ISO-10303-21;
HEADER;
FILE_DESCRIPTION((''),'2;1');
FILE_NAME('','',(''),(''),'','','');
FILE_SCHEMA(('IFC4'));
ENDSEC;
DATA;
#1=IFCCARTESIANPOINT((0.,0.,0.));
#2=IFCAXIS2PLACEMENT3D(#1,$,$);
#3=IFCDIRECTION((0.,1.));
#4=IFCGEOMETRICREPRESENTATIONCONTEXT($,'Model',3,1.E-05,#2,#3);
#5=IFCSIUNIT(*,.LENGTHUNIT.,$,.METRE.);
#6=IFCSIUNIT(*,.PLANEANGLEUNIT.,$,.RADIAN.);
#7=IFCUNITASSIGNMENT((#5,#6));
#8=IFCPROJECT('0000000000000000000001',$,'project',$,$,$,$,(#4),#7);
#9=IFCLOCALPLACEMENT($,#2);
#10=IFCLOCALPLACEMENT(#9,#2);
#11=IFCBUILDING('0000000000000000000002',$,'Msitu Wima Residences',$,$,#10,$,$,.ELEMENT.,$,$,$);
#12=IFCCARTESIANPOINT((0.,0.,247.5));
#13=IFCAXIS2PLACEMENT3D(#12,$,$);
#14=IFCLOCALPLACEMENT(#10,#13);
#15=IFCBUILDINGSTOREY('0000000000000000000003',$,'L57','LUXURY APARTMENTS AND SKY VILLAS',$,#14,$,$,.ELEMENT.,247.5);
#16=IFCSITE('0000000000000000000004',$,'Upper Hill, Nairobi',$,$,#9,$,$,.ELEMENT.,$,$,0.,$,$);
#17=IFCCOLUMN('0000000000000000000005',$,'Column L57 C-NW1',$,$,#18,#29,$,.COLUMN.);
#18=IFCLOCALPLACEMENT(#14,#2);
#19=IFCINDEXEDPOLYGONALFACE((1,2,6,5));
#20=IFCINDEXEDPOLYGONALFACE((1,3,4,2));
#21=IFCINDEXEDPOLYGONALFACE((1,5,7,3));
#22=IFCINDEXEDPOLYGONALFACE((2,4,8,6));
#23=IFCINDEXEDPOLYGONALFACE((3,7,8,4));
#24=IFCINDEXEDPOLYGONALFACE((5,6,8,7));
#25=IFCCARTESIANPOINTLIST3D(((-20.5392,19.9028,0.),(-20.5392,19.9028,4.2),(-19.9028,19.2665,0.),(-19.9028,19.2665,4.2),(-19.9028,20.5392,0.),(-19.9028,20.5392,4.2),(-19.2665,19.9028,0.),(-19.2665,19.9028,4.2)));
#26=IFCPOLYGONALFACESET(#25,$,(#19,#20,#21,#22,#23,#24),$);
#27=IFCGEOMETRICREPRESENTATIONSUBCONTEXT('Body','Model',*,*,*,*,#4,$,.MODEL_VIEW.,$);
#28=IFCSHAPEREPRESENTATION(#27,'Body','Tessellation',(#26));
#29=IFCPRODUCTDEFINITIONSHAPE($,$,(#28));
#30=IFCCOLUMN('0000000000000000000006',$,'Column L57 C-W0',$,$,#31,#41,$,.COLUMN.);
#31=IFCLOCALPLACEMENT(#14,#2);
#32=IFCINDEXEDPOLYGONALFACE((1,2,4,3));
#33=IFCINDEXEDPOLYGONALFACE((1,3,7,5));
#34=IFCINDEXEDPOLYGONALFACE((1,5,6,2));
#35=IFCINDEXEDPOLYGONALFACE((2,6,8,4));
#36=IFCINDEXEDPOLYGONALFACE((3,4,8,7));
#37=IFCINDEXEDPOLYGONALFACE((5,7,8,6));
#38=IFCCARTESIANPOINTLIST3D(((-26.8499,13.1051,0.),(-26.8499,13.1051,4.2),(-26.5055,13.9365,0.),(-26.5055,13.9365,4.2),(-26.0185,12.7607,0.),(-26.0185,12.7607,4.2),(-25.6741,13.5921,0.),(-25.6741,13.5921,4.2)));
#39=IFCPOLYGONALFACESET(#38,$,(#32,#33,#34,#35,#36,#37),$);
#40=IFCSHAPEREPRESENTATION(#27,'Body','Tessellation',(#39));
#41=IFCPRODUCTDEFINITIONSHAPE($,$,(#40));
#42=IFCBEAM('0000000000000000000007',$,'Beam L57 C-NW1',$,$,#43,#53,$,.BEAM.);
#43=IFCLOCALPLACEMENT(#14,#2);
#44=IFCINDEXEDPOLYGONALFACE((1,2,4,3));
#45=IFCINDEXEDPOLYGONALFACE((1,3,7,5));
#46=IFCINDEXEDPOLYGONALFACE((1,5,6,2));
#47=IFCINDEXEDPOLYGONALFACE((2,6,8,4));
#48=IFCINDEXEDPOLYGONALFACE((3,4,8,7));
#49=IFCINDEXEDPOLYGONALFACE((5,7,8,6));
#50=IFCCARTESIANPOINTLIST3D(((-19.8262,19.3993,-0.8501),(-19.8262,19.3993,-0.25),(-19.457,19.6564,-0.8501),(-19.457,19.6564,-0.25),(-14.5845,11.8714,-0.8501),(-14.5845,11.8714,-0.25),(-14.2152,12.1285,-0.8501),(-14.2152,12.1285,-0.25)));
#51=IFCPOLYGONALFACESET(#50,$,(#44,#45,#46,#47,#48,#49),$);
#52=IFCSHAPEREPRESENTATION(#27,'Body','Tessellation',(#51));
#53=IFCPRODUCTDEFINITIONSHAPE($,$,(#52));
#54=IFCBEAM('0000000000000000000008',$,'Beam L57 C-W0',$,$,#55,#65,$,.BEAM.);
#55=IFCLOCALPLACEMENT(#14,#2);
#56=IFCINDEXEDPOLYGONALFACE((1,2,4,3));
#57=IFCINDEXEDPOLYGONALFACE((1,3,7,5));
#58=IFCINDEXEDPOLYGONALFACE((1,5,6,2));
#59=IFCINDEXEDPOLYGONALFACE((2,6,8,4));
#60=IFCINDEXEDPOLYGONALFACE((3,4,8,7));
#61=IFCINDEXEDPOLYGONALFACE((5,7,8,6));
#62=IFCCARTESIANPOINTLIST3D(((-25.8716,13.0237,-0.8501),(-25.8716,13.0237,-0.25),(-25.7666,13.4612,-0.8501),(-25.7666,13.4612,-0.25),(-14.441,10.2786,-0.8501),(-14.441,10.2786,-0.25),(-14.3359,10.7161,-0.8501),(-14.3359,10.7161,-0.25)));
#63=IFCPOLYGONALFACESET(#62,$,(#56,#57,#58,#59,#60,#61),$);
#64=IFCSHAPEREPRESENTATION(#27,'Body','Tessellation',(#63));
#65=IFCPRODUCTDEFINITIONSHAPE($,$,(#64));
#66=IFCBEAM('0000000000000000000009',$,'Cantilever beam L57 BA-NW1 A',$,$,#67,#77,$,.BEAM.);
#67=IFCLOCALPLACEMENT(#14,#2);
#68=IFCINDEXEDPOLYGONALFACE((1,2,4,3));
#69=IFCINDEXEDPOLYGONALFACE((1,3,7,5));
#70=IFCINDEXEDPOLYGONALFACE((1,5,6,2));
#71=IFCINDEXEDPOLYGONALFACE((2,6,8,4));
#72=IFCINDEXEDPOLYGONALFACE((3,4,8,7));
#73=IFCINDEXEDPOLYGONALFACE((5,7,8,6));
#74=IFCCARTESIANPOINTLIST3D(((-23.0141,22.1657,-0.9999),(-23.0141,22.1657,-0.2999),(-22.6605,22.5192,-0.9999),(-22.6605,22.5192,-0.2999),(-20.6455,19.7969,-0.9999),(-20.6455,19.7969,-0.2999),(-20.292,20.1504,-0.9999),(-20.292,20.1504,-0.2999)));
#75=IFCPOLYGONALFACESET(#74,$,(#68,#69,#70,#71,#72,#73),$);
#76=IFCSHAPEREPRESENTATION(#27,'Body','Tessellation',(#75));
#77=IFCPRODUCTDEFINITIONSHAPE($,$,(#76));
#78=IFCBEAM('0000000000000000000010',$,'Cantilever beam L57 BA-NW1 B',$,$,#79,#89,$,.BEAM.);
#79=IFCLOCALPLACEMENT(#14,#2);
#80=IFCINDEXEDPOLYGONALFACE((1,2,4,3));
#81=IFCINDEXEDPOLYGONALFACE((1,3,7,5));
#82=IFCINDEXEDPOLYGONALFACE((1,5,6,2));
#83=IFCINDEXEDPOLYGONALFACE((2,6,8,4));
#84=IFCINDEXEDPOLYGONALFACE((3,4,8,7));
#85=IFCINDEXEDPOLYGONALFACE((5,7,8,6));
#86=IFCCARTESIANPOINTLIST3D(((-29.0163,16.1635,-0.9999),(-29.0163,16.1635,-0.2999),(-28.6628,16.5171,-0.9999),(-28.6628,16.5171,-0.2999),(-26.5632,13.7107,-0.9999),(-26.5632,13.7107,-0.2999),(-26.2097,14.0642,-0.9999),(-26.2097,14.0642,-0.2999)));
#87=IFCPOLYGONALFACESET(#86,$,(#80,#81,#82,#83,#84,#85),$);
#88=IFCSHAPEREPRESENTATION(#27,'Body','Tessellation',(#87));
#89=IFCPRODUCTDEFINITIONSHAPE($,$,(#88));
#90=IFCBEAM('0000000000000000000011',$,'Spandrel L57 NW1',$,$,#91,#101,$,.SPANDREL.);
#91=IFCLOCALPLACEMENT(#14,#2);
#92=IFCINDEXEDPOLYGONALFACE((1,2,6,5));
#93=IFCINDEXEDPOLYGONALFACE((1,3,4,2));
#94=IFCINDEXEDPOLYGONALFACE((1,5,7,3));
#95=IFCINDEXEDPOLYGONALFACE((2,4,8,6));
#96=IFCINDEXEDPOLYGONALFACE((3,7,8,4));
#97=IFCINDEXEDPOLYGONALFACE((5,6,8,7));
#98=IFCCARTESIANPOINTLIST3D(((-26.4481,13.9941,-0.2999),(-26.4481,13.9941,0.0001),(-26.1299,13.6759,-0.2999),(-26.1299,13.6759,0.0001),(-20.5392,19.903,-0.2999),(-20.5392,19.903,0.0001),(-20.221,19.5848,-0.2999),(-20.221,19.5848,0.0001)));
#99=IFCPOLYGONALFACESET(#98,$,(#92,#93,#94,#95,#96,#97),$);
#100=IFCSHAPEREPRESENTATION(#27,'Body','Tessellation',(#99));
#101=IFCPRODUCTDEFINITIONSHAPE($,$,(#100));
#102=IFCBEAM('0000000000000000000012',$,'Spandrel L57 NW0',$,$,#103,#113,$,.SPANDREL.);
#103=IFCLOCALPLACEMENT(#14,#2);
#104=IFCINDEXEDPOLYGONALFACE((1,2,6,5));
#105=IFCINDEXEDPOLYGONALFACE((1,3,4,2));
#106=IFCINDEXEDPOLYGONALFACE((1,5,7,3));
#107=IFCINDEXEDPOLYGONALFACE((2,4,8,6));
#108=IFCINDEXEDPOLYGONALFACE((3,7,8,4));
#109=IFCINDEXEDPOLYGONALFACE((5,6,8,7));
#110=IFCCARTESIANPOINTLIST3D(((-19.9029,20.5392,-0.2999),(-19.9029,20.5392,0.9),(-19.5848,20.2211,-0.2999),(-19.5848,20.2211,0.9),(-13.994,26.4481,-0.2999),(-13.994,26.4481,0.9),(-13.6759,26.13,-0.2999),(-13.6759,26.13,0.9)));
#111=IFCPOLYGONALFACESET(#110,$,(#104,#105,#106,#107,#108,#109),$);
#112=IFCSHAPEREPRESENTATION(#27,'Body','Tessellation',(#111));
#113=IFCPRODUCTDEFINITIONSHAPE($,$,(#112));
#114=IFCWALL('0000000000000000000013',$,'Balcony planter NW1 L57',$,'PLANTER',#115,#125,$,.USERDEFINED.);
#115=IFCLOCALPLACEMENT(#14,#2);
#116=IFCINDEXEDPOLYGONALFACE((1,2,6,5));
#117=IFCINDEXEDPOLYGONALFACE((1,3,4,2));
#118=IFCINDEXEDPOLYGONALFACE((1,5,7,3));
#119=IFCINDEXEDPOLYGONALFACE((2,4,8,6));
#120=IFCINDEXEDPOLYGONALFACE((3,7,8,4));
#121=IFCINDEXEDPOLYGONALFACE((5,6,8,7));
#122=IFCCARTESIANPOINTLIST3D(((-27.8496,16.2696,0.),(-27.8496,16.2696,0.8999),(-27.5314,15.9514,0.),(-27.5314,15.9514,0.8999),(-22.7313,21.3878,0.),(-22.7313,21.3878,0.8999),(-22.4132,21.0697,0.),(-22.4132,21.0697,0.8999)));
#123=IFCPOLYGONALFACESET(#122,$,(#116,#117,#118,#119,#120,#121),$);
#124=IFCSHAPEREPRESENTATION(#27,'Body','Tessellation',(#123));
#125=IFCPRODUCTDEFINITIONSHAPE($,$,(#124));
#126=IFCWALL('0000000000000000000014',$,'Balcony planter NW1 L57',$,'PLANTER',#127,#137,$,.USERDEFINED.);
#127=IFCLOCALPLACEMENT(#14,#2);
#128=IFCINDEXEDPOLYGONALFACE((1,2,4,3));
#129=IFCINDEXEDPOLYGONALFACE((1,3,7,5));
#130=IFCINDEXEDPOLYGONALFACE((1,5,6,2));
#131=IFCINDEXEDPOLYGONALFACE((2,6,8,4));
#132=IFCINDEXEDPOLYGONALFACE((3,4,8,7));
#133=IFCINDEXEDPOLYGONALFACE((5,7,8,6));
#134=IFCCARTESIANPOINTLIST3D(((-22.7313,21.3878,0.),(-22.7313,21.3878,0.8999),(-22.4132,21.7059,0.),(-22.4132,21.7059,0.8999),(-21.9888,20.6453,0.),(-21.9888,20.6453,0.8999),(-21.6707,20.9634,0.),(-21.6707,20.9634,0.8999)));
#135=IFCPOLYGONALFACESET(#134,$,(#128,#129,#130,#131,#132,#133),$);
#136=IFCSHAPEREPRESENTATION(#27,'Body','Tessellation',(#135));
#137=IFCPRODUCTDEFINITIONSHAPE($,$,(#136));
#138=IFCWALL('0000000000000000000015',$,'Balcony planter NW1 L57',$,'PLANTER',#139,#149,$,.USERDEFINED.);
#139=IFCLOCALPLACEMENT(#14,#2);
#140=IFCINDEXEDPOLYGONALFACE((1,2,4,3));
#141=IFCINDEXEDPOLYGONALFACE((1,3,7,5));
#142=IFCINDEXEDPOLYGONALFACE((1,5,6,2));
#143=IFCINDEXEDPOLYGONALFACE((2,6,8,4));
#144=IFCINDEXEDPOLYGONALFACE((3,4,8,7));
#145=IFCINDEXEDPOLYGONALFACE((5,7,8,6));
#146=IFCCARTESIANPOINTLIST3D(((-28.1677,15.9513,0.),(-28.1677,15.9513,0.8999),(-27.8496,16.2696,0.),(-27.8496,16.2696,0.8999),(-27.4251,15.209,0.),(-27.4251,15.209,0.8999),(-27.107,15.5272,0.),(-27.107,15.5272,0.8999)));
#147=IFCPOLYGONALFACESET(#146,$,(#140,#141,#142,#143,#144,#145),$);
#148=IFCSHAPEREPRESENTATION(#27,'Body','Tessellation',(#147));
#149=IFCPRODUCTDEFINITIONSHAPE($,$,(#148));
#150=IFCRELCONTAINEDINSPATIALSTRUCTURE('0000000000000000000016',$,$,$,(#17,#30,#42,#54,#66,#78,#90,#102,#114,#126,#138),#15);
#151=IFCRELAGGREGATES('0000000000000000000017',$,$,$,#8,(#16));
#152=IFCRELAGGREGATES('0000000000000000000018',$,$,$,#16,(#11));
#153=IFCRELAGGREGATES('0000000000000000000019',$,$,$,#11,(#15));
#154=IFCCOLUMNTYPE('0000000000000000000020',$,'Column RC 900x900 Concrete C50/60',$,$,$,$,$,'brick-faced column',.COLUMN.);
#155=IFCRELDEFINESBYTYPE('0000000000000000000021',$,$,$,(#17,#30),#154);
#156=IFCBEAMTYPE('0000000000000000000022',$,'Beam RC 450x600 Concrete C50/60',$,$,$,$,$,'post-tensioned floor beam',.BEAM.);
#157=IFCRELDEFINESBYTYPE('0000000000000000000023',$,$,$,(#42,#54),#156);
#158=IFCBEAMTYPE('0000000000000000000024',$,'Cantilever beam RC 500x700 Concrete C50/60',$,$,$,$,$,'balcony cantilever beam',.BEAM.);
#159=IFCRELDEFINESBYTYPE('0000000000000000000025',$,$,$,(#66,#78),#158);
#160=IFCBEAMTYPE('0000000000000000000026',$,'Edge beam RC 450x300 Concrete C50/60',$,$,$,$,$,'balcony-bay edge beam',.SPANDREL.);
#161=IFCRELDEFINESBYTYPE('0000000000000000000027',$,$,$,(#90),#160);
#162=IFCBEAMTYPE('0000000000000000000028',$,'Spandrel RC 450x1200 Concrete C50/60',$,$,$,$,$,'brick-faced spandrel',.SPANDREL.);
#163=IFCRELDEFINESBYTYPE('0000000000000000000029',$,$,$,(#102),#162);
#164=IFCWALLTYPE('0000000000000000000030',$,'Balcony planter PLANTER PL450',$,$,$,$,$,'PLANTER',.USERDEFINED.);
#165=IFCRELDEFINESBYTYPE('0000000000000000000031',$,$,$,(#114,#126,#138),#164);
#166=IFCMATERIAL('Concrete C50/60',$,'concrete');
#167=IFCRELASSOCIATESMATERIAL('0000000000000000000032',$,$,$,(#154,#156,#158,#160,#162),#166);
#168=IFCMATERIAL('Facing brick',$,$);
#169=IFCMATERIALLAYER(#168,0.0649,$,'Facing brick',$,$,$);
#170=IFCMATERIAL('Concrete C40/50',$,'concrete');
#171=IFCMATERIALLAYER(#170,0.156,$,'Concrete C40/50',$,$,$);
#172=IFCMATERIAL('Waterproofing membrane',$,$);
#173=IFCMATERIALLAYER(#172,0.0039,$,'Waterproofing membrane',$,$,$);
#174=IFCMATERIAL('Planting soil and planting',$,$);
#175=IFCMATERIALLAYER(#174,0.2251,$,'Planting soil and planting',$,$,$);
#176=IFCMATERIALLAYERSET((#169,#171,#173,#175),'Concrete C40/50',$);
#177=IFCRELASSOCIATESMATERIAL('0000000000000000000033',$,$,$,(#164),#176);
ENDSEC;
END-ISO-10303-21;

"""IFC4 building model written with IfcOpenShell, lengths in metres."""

from ifc_helpers import new_model, si_unit, direction, frame, frame_2d, origin, origin_2d, place, context, subcontext, project, spatial, rectangle, extrude, material, layer, layer_set, material_profile, profile_set, type_object, element, save


model = new_model("IFC4")

# Units and contexts
model_context = context("Model", 3, precision=1e-05, world=origin(), true_north=direction((0.0, 1.0)))
body_context = subcontext(model_context, "Body", "Model", "MODEL_VIEW")
ifc_project = project(units=[si_unit("LENGTHUNIT", "METRE"), si_unit("PLANEANGLEUNIT", "RADIAN")], contexts=[model_context])

# Site, building, storey
site_placement = place(None, origin())
site = spatial("IfcSite", under=ifc_project, at=site_placement, Name="Upper Hill, Nairobi", CompositionType="ELEMENT", RefElevation=0.0)
building_placement = place(site_placement, origin())
building = spatial("IfcBuilding", under=site, at=building_placement, Name="Msitu Wima Residences", CompositionType="ELEMENT")
storey_placement = place(building_placement, frame((0.0, 0.0, 247.5)))
storey = spatial("IfcBuildingStorey", under=building, at=storey_placement, Name="L57", Description="LUXURY APARTMENTS AND SKY VILLAS", CompositionType="ELEMENT", Elevation=247.5)

# Columns
ifc_material_1 = material(Name="Concrete C50/60", Category="concrete")
ifc_material_profile_1 = material_profile(ifc_material_1, rectangle(XDim=0.8999, YDim=0.8999, at=origin_2d()), Name="RC 900x900")
ifc_profile_set_1 = profile_set([ifc_material_profile_1], Name="Concrete C50/60")
column_type = type_object("IfcColumnType", Name="Column RC 900x900 Concrete C50/60", ElementType="brick-faced column", PredefinedType="COLUMN", material=ifc_profile_set_1)
for number, where, z_axis, x_axis, name in (
    (1, (-19.9028, 19.9028, 0.0), (0.0, 0.0, 1.0), (-0.707107, -0.707107, 0.0), "Column L57 C-NW1"),
    (2, (-26.262, 13.3486, 0.0), (0.0, 0.0, 1.0), (-0.382683, -0.92388, 0.0), "Column L57 C-W0"),
):
    element("IfcColumn", number, at=place(storey_placement, frame(where, z_axis=z_axis, x_axis=x_axis)), inside=storey, type_object=column_type, Name=name, PredefinedType="COLUMN", context=body_context, shape_type="SweptSolid", body=[
        extrude(rectangle(XDim=0.8999, YDim=0.8999, at=origin_2d()), origin(), (0.0, 0.0, 1.0), 4.2),
    ])

# Beams
ifc_material_profile_2 = material_profile(ifc_material_1, rectangle(XDim=0.45, YDim=0.6001, at=origin_2d()), Name="RC 450x600")
ifc_profile_set_2 = profile_set([ifc_material_profile_2], Name="Concrete C50/60")
beam_type_1 = type_object("IfcBeamType", Name="Beam RC 450x600 Concrete C50/60", ElementType="post-tensioned floor beam", PredefinedType="BEAM", material=ifc_profile_set_2)
beam_1_placement = place(storey_placement, frame((-19.6416, 19.5278, -0.55), z_axis=(0.571428, -0.820652, 0.0), x_axis=(0.820652, 0.571428, 0.0)))
element("IfcBeam", 3, at=beam_1_placement, inside=storey, type_object=beam_type_1, Name="Beam L57 C-NW1", PredefinedType="BEAM", context=body_context, shape_type="SweptSolid", body=[
    extrude(rectangle(XDim=0.45, YDim=0.6001, at=origin_2d()), origin(), (0.0, 0.0, 1.0), 9.1731),
])
beam_2_placement = place(storey_placement, frame((-25.8191, 13.2424, -0.55), z_axis=(0.972353, -0.233514, 0.0), x_axis=(0.233514, 0.972353, 0.0)))
element("IfcBeam", 4, at=beam_2_placement, inside=storey, type_object=beam_type_1, Name="Beam L57 C-W0", PredefinedType="BEAM", context=body_context, shape_type="SweptSolid", body=[
    extrude(rectangle(XDim=0.45, YDim=0.6001, at=origin_2d()), origin(), (0.0, 0.0, 1.0), 11.7556),
])
ifc_material_profile_3 = material_profile(ifc_material_1, rectangle(XDim=0.5, YDim=0.7, at=origin_2d()), Name="RC 500x700")
ifc_profile_set_3 = profile_set([ifc_material_profile_3], Name="Concrete C50/60")
beam_type_2 = type_object("IfcBeamType", Name="Cantilever beam RC 500x700 Concrete C50/60", ElementType="balcony cantilever beam", PredefinedType="BEAM", material=ifc_profile_set_3)
beam_3_placement = place(storey_placement, frame((-20.4688, 19.9736, -0.6499), z_axis=(-0.70707, 0.707143, 0.0), x_axis=(-0.707143, -0.70707, 0.0)))
element("IfcBeam", 5, at=beam_3_placement, inside=storey, type_object=beam_type_2, Name="Cantilever beam L57 BA-NW1 A", PredefinedType="BEAM", context=body_context, shape_type="SweptSolid", body=[
    extrude(rectangle(XDim=0.5, YDim=0.7, at=origin_2d()), origin(), (0.0, 0.0, 1.0), 3.3499),
])
beam_4_placement = place(storey_placement, frame((-26.3865, 13.8875, -0.6499), z_axis=(-0.707142, 0.707072, 0.0), x_axis=(-0.707072, -0.707142, 0.0)))
element("IfcBeam", 6, at=beam_4_placement, inside=storey, type_object=beam_type_2, Name="Cantilever beam L57 BA-NW1 B", PredefinedType="BEAM", context=body_context, shape_type="SweptSolid", body=[
    extrude(rectangle(XDim=0.5, YDim=0.7, at=origin_2d()), origin(), (0.0, 0.0, 1.0), 3.469),
])
ifc_material_profile_4 = material_profile(ifc_material_1, rectangle(XDim=0.45, YDim=0.3, at=origin_2d()), Name="RC 450x300")
ifc_profile_set_4 = profile_set([ifc_material_profile_4], Name="Concrete C50/60")
beam_type_3 = type_object("IfcBeamType", Name="Edge beam RC 450x300 Concrete C50/60", ElementType="balcony-bay edge beam", PredefinedType="SPANDREL", material=ifc_profile_set_4)
beam_5_placement = place(storey_placement, frame((-20.3801, 19.7439, -0.1499), z_axis=(-0.707107, -0.707107, 0.0), x_axis=(0.707107, -0.707107, 0.0)))
element("IfcBeam", 7, at=beam_5_placement, inside=storey, type_object=beam_type_3, Name="Spandrel L57 NW1", PredefinedType="SPANDREL", context=body_context, shape_type="SweptSolid", body=[
    extrude(rectangle(XDim=0.45, YDim=0.3, at=origin_2d()), origin(), (0.0, 0.0, 1.0), 8.3564),
])
ifc_material_profile_5 = material_profile(ifc_material_1, rectangle(XDim=0.45, YDim=1.2, at=origin_2d()), Name="RC 450x1200")
ifc_profile_set_5 = profile_set([ifc_material_profile_5], Name="Concrete C50/60")
beam_type_4 = type_object("IfcBeamType", Name="Spandrel RC 450x1200 Concrete C50/60", ElementType="brick-faced spandrel", PredefinedType="SPANDREL", material=ifc_profile_set_5)
beam_6_placement = place(storey_placement, frame((-13.835, 26.2891, 0.3), z_axis=(-0.707107, -0.707107, 0.0), x_axis=(0.707107, -0.707107, 0.0)))
element("IfcBeam", 8, at=beam_6_placement, inside=storey, type_object=beam_type_4, Name="Spandrel L57 NW0", PredefinedType="SPANDREL", context=body_context, shape_type="SweptSolid", body=[
    extrude(rectangle(XDim=0.45, YDim=1.2, at=origin_2d()), origin(), (0.0, 0.0, 1.0), 8.3564),
])

# Walls
ifc_material_2 = material(Name="Facing brick")
ifc_layer_1 = layer(ifc_material_2, 0.0649, Name="Facing brick")
ifc_material_3 = material(Name="Concrete C40/50", Category="concrete")
ifc_layer_2 = layer(ifc_material_3, 0.156, Name="Concrete C40/50")
ifc_material_4 = material(Name="Waterproofing membrane")
ifc_layer_3 = layer(ifc_material_4, 0.0039, Name="Waterproofing membrane")
ifc_material_5 = material(Name="Planting soil and planting")
ifc_layer_4 = layer(ifc_material_5, 0.2251, Name="Planting soil and planting")
ifc_layer_set_1 = layer_set([ifc_layer_1, ifc_layer_2, ifc_layer_3, ifc_layer_4], Name="Concrete C40/50")
wall_type_1 = type_object("IfcWallType", Name="Balcony planter PLANTER PL450", ElementType="PLANTER", PredefinedType="USERDEFINED", material=ifc_layer_set_1)
wall_1_placement = place(storey_placement, frame((-22.5723, 21.2288, 0.0), z_axis=(0.0, 0.0, 1.0), x_axis=(-0.707107, -0.707107, 0.0)))
element("IfcWall", 9, at=wall_1_placement, inside=storey, type_object=wall_type_1, Name="Balcony planter NW1 L57", ObjectType="PLANTER", PredefinedType="USERDEFINED", context=body_context, shape_type="SweptSolid", body=[
    extrude(rectangle(XDim=7.2383, YDim=0.45, at=frame_2d((3.6191, 0.0))), origin(), (0.0, 0.0, 1.0), 0.8999),
])
for number, where, z_axis, x_axis, name in (
    (10, (-21.8298, 20.8044, 0.0), (0.0, 0.0, 1.0), (-0.707107, 0.707107, 0.0), "Balcony planter NW1 L57"),
    (11, (-27.2661, 15.3682, 0.0), (0.0, 0.0, 1.0), (-0.707223, 0.706991, 0.0), "Balcony planter NW1 L57"),
):
    element("IfcWall", number, at=place(storey_placement, frame(where, z_axis=z_axis, x_axis=x_axis)), inside=storey, type_object=wall_type_1, Name=name, ObjectType="PLANTER", PredefinedType="USERDEFINED", context=body_context, shape_type="SweptSolid", body=[
        extrude(rectangle(XDim=1.05, YDim=0.45, at=frame_2d((0.5249, 0.0))), origin(), (0.0, 0.0, 1.0), 0.8999),
    ])

save(model, "model.ifc")
